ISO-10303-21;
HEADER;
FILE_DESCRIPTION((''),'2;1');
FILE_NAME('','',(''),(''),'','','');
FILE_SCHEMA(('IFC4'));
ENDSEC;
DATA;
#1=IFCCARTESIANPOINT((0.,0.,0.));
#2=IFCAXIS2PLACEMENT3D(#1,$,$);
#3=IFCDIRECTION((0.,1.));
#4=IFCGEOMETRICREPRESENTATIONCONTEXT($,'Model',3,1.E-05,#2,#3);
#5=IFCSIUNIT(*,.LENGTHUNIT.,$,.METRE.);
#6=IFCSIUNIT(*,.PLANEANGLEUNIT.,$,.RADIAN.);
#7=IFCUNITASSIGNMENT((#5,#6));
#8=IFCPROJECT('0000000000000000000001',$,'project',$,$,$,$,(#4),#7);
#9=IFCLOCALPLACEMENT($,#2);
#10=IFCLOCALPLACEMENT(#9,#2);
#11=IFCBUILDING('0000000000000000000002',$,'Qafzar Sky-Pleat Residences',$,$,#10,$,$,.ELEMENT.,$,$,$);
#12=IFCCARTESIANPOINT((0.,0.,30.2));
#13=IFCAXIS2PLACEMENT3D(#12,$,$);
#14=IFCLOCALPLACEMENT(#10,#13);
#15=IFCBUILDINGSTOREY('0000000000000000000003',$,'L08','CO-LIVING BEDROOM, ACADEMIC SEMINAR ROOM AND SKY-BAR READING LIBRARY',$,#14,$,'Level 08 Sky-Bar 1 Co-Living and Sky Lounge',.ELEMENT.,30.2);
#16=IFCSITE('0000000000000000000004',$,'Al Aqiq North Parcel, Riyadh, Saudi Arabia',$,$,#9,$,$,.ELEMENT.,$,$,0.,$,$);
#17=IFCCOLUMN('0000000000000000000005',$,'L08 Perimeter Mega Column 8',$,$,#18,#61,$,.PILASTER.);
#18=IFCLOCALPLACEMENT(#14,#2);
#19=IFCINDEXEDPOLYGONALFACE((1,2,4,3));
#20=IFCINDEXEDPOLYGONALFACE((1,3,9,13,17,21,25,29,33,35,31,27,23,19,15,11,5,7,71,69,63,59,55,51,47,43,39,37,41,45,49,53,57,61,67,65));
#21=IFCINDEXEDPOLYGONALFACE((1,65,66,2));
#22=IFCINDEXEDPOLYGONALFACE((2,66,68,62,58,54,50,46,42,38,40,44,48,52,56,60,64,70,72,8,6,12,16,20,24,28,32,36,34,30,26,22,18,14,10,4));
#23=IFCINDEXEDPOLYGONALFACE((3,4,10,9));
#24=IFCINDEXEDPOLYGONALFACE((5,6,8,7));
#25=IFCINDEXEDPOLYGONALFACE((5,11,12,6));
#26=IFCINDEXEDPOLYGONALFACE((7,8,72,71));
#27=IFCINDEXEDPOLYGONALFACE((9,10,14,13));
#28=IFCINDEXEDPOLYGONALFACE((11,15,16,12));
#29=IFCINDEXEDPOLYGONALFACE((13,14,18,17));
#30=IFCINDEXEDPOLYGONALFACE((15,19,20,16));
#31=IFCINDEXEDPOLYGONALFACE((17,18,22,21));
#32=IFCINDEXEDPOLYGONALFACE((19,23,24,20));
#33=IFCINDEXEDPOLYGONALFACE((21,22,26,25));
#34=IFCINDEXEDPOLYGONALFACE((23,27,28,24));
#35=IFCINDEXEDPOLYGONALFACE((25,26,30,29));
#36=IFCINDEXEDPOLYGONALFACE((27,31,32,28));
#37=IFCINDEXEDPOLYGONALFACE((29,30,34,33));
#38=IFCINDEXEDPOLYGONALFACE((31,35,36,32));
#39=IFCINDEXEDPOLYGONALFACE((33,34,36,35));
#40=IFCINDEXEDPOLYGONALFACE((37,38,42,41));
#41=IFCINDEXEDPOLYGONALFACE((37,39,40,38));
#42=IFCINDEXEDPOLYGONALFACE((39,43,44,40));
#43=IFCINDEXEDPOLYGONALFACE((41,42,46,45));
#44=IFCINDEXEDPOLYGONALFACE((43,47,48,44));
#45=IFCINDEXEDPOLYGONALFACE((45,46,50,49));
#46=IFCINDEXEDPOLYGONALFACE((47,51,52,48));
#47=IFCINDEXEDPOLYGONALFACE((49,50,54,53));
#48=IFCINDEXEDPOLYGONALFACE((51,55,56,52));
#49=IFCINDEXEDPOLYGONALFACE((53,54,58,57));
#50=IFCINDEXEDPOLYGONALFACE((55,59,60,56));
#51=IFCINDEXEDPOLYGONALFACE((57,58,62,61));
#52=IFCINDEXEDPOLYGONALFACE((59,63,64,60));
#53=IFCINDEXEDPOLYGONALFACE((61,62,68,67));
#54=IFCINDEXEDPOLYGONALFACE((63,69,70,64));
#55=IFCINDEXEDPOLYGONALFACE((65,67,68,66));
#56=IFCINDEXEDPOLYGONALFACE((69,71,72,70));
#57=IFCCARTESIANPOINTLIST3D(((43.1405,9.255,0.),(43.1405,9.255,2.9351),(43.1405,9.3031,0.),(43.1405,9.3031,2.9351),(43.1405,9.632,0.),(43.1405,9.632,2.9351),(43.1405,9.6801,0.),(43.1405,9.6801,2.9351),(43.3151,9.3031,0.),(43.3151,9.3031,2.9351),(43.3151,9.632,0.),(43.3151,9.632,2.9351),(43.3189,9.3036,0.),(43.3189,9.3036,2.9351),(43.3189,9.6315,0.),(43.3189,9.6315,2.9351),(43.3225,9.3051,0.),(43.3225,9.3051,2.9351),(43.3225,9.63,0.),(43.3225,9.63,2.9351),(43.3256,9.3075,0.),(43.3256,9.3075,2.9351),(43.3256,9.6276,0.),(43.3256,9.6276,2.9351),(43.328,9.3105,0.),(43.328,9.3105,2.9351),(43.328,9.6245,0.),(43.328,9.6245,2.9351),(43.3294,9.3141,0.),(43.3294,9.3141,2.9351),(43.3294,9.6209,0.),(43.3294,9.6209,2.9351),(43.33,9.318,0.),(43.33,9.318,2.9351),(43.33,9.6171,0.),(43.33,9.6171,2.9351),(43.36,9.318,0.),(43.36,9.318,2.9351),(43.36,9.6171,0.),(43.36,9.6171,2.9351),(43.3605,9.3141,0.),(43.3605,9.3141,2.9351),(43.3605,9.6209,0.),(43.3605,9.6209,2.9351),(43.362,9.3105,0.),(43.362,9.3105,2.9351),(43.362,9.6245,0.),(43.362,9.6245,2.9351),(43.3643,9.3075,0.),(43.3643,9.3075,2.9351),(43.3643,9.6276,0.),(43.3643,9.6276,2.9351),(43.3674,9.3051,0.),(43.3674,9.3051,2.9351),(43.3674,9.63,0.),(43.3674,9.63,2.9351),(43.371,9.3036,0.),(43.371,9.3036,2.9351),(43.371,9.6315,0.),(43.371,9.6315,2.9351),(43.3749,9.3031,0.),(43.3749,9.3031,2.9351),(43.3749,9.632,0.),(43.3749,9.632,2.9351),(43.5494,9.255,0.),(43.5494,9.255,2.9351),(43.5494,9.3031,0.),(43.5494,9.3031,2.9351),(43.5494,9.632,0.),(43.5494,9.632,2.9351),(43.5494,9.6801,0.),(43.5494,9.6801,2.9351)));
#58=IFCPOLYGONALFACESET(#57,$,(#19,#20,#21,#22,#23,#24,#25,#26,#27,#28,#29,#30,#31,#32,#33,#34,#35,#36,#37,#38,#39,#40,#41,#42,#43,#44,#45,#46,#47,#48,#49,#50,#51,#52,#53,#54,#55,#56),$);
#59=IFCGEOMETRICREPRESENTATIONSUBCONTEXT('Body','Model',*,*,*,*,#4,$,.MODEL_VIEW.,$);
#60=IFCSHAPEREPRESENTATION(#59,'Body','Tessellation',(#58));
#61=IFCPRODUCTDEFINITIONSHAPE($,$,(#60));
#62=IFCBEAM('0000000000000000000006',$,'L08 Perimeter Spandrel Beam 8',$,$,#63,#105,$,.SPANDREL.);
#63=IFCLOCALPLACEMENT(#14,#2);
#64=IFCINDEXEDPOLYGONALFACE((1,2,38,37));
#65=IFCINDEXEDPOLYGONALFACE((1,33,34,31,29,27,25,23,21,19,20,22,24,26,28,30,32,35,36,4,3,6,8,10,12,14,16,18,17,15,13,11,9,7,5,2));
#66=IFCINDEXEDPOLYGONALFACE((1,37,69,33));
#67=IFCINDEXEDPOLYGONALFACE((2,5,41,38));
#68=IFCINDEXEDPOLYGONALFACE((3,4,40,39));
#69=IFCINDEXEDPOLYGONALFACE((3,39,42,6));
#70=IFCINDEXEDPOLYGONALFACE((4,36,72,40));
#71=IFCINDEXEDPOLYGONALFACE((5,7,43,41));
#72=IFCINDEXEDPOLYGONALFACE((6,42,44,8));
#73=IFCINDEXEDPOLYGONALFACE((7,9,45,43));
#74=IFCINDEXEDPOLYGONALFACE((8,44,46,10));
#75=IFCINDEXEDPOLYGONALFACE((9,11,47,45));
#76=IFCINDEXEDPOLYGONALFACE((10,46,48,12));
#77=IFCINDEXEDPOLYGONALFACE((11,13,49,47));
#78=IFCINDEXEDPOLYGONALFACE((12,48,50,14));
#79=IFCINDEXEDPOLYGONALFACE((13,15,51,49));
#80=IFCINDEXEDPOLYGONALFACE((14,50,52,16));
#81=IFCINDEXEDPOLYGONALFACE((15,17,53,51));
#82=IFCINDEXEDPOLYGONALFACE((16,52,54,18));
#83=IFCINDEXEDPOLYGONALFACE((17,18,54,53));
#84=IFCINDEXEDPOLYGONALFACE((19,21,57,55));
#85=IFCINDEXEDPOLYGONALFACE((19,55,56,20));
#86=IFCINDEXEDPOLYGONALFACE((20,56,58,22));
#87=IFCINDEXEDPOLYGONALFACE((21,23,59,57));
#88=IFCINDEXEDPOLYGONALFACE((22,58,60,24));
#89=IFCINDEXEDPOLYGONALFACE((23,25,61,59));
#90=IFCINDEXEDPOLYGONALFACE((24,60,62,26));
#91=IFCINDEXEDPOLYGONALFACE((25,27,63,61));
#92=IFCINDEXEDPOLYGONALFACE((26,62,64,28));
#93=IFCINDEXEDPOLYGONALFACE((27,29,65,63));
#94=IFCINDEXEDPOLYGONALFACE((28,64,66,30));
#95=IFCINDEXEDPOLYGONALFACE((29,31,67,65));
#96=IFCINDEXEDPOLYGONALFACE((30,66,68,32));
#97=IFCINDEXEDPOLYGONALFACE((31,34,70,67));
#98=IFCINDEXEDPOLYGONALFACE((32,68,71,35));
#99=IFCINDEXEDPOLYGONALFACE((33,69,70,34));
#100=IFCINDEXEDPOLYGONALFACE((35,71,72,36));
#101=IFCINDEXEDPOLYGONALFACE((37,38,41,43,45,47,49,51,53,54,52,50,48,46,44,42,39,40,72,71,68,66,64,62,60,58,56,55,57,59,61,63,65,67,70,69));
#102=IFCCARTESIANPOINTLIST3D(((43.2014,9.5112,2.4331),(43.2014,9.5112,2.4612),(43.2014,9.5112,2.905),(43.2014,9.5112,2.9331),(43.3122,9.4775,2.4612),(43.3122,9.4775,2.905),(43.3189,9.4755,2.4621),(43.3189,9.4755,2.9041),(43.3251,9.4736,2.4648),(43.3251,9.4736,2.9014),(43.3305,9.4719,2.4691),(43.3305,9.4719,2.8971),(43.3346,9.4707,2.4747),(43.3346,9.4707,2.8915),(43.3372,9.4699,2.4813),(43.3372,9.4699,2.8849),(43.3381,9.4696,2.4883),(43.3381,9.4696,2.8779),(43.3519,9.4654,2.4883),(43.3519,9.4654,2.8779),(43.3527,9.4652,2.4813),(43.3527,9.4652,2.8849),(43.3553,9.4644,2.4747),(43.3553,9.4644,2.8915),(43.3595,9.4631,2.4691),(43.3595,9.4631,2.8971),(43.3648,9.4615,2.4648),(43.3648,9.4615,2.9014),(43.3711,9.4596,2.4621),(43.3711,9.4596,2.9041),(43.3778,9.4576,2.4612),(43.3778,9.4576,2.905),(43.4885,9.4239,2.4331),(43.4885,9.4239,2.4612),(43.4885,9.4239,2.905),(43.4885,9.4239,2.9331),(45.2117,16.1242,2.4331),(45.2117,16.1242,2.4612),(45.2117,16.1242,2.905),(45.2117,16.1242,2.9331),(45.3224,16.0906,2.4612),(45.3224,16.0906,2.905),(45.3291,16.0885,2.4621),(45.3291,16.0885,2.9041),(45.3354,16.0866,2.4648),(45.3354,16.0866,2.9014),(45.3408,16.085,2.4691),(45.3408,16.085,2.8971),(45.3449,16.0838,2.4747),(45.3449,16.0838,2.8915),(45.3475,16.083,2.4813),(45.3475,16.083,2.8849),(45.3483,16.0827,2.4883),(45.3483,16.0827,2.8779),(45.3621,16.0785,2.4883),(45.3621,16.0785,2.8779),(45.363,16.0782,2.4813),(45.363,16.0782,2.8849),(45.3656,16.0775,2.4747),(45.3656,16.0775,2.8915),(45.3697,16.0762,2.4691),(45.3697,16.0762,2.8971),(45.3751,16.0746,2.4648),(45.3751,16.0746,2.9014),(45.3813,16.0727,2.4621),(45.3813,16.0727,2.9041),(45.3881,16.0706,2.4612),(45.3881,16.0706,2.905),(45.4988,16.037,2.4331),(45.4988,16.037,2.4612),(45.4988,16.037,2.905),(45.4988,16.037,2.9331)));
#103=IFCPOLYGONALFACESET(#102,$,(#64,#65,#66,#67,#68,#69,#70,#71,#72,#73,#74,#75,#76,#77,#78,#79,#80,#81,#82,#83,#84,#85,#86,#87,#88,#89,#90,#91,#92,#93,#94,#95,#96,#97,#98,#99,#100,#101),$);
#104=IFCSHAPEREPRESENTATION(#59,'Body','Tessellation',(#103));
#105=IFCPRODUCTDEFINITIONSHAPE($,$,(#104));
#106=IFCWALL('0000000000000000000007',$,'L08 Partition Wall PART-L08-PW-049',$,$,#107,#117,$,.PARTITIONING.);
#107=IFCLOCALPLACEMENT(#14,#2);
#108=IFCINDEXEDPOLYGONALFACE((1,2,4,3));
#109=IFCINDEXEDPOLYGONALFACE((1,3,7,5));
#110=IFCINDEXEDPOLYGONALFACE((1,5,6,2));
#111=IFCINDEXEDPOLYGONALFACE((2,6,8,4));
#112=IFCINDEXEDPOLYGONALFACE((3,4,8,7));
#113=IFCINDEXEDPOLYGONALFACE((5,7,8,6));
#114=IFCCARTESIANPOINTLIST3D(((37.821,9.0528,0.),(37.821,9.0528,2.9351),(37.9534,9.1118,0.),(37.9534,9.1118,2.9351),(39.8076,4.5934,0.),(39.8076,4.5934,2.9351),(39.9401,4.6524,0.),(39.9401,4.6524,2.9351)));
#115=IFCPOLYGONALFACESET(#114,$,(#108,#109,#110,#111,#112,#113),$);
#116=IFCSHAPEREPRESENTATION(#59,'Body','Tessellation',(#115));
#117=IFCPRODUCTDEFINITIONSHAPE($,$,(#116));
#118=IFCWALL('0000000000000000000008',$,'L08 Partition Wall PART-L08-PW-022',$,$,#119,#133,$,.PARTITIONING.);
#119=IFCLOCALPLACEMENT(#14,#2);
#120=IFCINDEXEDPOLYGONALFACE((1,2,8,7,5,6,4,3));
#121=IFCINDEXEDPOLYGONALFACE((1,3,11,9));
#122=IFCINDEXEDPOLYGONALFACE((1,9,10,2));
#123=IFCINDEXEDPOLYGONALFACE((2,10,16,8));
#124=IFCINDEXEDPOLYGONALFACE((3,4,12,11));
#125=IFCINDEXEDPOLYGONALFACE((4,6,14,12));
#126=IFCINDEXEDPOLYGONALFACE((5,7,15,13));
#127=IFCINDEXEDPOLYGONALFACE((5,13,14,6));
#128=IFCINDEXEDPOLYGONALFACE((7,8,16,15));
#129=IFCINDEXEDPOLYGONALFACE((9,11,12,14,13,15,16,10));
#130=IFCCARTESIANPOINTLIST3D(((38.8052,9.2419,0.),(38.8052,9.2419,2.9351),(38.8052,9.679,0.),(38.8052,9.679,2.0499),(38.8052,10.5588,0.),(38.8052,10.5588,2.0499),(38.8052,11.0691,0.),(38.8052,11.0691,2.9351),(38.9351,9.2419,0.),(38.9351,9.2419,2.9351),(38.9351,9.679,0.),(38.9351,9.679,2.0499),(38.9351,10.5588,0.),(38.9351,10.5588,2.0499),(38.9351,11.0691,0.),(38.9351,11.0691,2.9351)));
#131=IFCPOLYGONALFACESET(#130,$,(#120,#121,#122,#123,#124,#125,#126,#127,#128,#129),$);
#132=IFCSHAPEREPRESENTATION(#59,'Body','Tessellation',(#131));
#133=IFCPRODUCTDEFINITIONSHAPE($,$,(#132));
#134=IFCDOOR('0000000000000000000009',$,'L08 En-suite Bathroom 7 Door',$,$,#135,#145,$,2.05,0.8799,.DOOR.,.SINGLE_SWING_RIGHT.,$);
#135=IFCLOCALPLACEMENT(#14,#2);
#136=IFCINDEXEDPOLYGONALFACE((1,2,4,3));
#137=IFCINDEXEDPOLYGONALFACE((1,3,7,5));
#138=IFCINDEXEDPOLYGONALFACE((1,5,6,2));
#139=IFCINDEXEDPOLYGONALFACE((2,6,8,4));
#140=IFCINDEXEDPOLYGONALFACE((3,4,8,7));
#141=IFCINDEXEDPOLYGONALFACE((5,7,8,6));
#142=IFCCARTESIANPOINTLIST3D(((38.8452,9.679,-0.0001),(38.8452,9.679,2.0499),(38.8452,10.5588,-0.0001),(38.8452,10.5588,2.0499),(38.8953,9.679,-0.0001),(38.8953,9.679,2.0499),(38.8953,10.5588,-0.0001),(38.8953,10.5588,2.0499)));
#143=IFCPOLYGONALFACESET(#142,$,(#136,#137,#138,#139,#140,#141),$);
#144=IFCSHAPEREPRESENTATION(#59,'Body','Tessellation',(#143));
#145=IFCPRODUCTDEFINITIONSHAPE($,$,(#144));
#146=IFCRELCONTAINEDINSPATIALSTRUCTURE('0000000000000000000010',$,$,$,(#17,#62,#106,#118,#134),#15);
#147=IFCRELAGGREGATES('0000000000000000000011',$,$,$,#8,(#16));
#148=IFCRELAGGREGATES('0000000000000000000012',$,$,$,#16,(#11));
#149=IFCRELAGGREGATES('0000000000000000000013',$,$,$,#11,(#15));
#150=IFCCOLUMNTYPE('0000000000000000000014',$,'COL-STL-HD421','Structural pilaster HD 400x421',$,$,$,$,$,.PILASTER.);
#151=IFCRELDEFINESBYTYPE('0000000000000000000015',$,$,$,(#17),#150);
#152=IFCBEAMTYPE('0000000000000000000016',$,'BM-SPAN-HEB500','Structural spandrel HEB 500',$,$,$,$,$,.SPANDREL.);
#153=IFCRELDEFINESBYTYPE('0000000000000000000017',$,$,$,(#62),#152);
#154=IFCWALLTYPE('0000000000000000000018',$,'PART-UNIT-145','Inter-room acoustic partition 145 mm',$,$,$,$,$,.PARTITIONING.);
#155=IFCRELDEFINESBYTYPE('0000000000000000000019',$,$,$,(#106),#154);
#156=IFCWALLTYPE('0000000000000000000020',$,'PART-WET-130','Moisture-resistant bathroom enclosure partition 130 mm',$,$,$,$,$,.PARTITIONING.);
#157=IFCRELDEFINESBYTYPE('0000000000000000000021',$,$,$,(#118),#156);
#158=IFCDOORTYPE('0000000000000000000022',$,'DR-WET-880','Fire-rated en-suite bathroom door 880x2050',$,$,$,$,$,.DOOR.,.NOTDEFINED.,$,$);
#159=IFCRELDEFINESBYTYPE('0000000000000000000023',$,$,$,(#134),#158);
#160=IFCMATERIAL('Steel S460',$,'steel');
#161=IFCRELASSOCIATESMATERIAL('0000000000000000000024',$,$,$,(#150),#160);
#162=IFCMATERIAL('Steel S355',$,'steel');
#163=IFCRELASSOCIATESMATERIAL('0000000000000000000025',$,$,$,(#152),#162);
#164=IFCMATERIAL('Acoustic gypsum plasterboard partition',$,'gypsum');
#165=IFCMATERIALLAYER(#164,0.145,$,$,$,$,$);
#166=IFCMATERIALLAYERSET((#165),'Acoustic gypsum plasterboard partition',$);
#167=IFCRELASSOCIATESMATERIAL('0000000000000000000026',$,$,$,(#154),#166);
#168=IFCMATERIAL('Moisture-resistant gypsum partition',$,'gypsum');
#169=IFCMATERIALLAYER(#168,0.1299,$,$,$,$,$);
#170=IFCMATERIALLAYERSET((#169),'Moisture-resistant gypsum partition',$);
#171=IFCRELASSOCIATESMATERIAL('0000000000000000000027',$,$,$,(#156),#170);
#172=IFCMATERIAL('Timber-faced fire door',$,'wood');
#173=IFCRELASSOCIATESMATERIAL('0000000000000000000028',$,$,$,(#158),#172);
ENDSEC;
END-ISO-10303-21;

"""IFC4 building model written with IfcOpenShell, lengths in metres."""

from ifc_helpers import new_model, si_unit, direction, frame, frame_2d, origin, origin_2d, place, context, subcontext, project, spatial, rectangle, i_section, extrude, source, transform, mapped, material, layer, layer_set, material_profile, profile_set, type_object, element, fill, save


model = new_model("IFC4")

# Units and contexts
model_context = context("Model", 3, precision=1e-05, world=origin(), true_north=direction((0.0, 1.0)))
body_context = subcontext(model_context, "Body", "Model", "MODEL_VIEW")
ifc_project = project(units=[si_unit("LENGTHUNIT", "METRE"), si_unit("PLANEANGLEUNIT", "RADIAN")], contexts=[model_context])

# Site, building, storey
site_placement = place(None, origin())
site = spatial("IfcSite", under=ifc_project, at=site_placement, Name="Al Aqiq North Parcel, Riyadh, Saudi Arabia", CompositionType="ELEMENT", RefElevation=0.0)
building_placement = place(site_placement, origin())
building = spatial("IfcBuilding", under=site, at=building_placement, Name="Qafzar Sky-Pleat Residences", CompositionType="ELEMENT")
storey_placement = place(building_placement, frame((0.0, 0.0, 30.2)))
storey = spatial("IfcBuildingStorey", under=building, at=storey_placement, Name="L08", Description="CO-LIVING BEDROOM, ACADEMIC SEMINAR ROOM AND SKY-BAR READING LIBRARY", LongName="Level 08 Sky-Bar 1 Co-Living and Sky Lounge", CompositionType="ELEMENT", Elevation=30.2)

# Column
ifc_material_1 = material(Name="Steel S460", Category="steel")
ifc_material_profile_1 = material_profile(ifc_material_1, i_section(OverallWidth=0.4089, OverallDepth=0.425, WebThickness=0.03, FlangeThickness=0.0481, FilletRadius=0.0149, at=origin_2d()), Name="HD 400x421")
ifc_profile_set_1 = profile_set([ifc_material_profile_1], Name="Steel S460")
column_type = type_object("IfcColumnType", Name="COL-STL-HD421", Description="Structural pilaster HD 400x421", PredefinedType="PILASTER", material=ifc_profile_set_1)
shared_shape_1 = source(origin(), body_context, "Body", "SweptSolid", [
    extrude(i_section(OverallWidth=0.4089, OverallDepth=0.425, WebThickness=0.03, FlangeThickness=0.0481, FilletRadius=0.0149, at=origin_2d()), origin(), (0.0, 0.0, 1.0), 2.9351),
])
column_placement = place(storey_placement, frame((43.345, 9.4675, 0.0), z_axis=(0.0, 0.0, 1.0), x_axis=(1.0, 0.0, 0.0)))
element("IfcColumn", 1, at=column_placement, inside=storey, type_object=column_type, Name="L08 Perimeter Mega Column 8", PredefinedType="PILASTER", context=body_context, shape_type="MappedRepresentation", body=[
    mapped(shared_shape_1, transform((0.0, 0.0, 0.0), x_axis=(1.0, 0.0, 0.0), y_axis=(0.0, 1.0, 0.0), z_axis=(0.0, 0.0, 1.0), scale=1.0)),
])

# Beam
ifc_material_2 = material(Name="Steel S355", Category="steel")
ifc_material_profile_2 = material_profile(ifc_material_2, i_section(OverallWidth=0.3, OverallDepth=0.5, WebThickness=0.0144, FlangeThickness=0.0281, FilletRadius=0.0271, at=origin_2d()), Name="HEB 500")
ifc_profile_set_2 = profile_set([ifc_material_profile_2], Name="Steel S355")
beam_type = type_object("IfcBeamType", Name="BM-SPAN-HEB500", Description="Structural spandrel HEB 500", PredefinedType="SPANDREL", material=ifc_profile_set_2)
shared_shape_2 = source(origin(), body_context, "Body", "SweptSolid", [
    extrude(i_section(OverallWidth=0.3, OverallDepth=0.5, WebThickness=0.0144, FlangeThickness=0.0281, FilletRadius=0.0271, at=origin_2d()), origin(), (0.0, 0.0, 1.0), 6.9119),
])
beam_placement = place(storey_placement, frame((43.345, 9.4675, 2.6831), z_axis=(0.290843, 0.956771, 0.0), x_axis=(-0.956771, 0.290843, 0.0)))
element("IfcBeam", 2, at=beam_placement, inside=storey, type_object=beam_type, Name="L08 Perimeter Spandrel Beam 8", PredefinedType="SPANDREL", context=body_context, shape_type="MappedRepresentation", body=[
    mapped(shared_shape_2, transform((0.0, 0.0, 0.0), x_axis=(1.0, 0.0, 0.0), y_axis=(0.0, 1.0, 0.0), z_axis=(0.0, 0.0, 1.0), scale=1.0)),
])

# Wall
ifc_material_3 = material(Name="Acoustic gypsum plasterboard partition", Category="gypsum")
ifc_layer_1 = layer(ifc_material_3, 0.145)
ifc_layer_set_1 = layer_set([ifc_layer_1], Name="Acoustic gypsum plasterboard partition")
wall_type_1 = type_object("IfcWallType", Name="PART-UNIT-145", Description="Inter-room acoustic partition 145 mm", PredefinedType="PARTITIONING", material=ifc_layer_set_1)
wall_1_placement = place(storey_placement, frame((37.8872, 9.0823, 0.0), z_axis=(0.0, 0.0, 1.0), x_axis=(0.406941, -0.913454, 0.0)))
element("IfcWall", 3, at=wall_1_placement, inside=storey, type_object=wall_type_1, Name="L08 Partition Wall PART-L08-PW-049", PredefinedType="PARTITIONING", context=body_context, shape_type="SweptSolid", body=[
    extrude(rectangle(XDim=4.8818, YDim=0.145, at=frame_2d((2.4409, 0.0))), origin(), (0.0, 0.0, 1.0), 2.9351),
])

# Wall, opening, door
ifc_material_4 = material(Name="Moisture-resistant gypsum partition", Category="gypsum")
ifc_layer_2 = layer(ifc_material_4, 0.1299)
ifc_layer_set_2 = layer_set([ifc_layer_2], Name="Moisture-resistant gypsum partition")
wall_type_2 = type_object("IfcWallType", Name="PART-WET-130", Description="Moisture-resistant bathroom enclosure partition 130 mm", PredefinedType="PARTITIONING", material=ifc_layer_set_2)
wall_2_placement = place(storey_placement, frame((38.8701, 9.2419, 0.0), z_axis=(0.0, 0.0, 1.0), x_axis=(0.0, 1.0, 0.0)))
wall_2 = element("IfcWall", 4, at=wall_2_placement, inside=storey, type_object=wall_type_2, Name="L08 Partition Wall PART-L08-PW-022", PredefinedType="PARTITIONING", context=body_context, shape_type="SweptSolid", body=[
    extrude(rectangle(XDim=1.8271, YDim=0.1299, at=frame_2d((0.9136, 0.0))), origin(), (0.0, 0.0, 1.0), 2.9351),
])
opening_1_placement = place(wall_2_placement, frame((0.437, 0.0, 0.0)))
opening_1 = element("IfcOpeningElement", 5, at=opening_1_placement, cuts=wall_2, PredefinedType="OPENING", context=body_context, shape_type="SweptSolid", body=[
    extrude(rectangle(XDim=0.8799, YDim=2.05, at=frame_2d((0.4399, 1.0249))), frame((0.0, 0.075, 0.0), z_axis=(0.0, -1.0, 0.0), x_axis=(1.0, 0.0, 0.0)), (0.0, 0.0, 1.0), 0.1499),
])
ifc_material_5 = material(Name="Timber-faced fire door", Category="wood")
door_type = type_object("IfcDoorType", Name="DR-WET-880", Description="Fire-rated en-suite bathroom door 880x2050", OperationType="NOTDEFINED", PredefinedType="DOOR", material=ifc_material_5)
shared_shape_3 = source(origin(), body_context, "Body", "SweptSolid", [
    extrude(rectangle(XDim=0.8799, YDim=2.05, at=frame_2d((0.4399, 1.0249))), frame((0.0, 0.0249, 0.0), z_axis=(0.0, -1.0, 0.0), x_axis=(1.0, 0.0, 0.0)), (0.0, 0.0, 1.0), 0.05),
])
door_placement = place(opening_1_placement, origin())
door = element("IfcDoor", 6, at=door_placement, inside=storey, type_object=door_type, Name="L08 En-suite Bathroom 7 Door", OperationType="SINGLE_SWING_RIGHT", OverallHeight=2.05, OverallWidth=0.8799, PredefinedType="DOOR", context=body_context, shape_type="MappedRepresentation", body=[
    mapped(shared_shape_3, transform((0.0, 0.0, 0.0), x_axis=(1.0, 0.0, 0.0), y_axis=(0.0, 1.0, 0.0), z_axis=(0.0, 0.0, 1.0), scale=1.0)),
])
fill(opening_1, door)

save(model, "model.ifc")
